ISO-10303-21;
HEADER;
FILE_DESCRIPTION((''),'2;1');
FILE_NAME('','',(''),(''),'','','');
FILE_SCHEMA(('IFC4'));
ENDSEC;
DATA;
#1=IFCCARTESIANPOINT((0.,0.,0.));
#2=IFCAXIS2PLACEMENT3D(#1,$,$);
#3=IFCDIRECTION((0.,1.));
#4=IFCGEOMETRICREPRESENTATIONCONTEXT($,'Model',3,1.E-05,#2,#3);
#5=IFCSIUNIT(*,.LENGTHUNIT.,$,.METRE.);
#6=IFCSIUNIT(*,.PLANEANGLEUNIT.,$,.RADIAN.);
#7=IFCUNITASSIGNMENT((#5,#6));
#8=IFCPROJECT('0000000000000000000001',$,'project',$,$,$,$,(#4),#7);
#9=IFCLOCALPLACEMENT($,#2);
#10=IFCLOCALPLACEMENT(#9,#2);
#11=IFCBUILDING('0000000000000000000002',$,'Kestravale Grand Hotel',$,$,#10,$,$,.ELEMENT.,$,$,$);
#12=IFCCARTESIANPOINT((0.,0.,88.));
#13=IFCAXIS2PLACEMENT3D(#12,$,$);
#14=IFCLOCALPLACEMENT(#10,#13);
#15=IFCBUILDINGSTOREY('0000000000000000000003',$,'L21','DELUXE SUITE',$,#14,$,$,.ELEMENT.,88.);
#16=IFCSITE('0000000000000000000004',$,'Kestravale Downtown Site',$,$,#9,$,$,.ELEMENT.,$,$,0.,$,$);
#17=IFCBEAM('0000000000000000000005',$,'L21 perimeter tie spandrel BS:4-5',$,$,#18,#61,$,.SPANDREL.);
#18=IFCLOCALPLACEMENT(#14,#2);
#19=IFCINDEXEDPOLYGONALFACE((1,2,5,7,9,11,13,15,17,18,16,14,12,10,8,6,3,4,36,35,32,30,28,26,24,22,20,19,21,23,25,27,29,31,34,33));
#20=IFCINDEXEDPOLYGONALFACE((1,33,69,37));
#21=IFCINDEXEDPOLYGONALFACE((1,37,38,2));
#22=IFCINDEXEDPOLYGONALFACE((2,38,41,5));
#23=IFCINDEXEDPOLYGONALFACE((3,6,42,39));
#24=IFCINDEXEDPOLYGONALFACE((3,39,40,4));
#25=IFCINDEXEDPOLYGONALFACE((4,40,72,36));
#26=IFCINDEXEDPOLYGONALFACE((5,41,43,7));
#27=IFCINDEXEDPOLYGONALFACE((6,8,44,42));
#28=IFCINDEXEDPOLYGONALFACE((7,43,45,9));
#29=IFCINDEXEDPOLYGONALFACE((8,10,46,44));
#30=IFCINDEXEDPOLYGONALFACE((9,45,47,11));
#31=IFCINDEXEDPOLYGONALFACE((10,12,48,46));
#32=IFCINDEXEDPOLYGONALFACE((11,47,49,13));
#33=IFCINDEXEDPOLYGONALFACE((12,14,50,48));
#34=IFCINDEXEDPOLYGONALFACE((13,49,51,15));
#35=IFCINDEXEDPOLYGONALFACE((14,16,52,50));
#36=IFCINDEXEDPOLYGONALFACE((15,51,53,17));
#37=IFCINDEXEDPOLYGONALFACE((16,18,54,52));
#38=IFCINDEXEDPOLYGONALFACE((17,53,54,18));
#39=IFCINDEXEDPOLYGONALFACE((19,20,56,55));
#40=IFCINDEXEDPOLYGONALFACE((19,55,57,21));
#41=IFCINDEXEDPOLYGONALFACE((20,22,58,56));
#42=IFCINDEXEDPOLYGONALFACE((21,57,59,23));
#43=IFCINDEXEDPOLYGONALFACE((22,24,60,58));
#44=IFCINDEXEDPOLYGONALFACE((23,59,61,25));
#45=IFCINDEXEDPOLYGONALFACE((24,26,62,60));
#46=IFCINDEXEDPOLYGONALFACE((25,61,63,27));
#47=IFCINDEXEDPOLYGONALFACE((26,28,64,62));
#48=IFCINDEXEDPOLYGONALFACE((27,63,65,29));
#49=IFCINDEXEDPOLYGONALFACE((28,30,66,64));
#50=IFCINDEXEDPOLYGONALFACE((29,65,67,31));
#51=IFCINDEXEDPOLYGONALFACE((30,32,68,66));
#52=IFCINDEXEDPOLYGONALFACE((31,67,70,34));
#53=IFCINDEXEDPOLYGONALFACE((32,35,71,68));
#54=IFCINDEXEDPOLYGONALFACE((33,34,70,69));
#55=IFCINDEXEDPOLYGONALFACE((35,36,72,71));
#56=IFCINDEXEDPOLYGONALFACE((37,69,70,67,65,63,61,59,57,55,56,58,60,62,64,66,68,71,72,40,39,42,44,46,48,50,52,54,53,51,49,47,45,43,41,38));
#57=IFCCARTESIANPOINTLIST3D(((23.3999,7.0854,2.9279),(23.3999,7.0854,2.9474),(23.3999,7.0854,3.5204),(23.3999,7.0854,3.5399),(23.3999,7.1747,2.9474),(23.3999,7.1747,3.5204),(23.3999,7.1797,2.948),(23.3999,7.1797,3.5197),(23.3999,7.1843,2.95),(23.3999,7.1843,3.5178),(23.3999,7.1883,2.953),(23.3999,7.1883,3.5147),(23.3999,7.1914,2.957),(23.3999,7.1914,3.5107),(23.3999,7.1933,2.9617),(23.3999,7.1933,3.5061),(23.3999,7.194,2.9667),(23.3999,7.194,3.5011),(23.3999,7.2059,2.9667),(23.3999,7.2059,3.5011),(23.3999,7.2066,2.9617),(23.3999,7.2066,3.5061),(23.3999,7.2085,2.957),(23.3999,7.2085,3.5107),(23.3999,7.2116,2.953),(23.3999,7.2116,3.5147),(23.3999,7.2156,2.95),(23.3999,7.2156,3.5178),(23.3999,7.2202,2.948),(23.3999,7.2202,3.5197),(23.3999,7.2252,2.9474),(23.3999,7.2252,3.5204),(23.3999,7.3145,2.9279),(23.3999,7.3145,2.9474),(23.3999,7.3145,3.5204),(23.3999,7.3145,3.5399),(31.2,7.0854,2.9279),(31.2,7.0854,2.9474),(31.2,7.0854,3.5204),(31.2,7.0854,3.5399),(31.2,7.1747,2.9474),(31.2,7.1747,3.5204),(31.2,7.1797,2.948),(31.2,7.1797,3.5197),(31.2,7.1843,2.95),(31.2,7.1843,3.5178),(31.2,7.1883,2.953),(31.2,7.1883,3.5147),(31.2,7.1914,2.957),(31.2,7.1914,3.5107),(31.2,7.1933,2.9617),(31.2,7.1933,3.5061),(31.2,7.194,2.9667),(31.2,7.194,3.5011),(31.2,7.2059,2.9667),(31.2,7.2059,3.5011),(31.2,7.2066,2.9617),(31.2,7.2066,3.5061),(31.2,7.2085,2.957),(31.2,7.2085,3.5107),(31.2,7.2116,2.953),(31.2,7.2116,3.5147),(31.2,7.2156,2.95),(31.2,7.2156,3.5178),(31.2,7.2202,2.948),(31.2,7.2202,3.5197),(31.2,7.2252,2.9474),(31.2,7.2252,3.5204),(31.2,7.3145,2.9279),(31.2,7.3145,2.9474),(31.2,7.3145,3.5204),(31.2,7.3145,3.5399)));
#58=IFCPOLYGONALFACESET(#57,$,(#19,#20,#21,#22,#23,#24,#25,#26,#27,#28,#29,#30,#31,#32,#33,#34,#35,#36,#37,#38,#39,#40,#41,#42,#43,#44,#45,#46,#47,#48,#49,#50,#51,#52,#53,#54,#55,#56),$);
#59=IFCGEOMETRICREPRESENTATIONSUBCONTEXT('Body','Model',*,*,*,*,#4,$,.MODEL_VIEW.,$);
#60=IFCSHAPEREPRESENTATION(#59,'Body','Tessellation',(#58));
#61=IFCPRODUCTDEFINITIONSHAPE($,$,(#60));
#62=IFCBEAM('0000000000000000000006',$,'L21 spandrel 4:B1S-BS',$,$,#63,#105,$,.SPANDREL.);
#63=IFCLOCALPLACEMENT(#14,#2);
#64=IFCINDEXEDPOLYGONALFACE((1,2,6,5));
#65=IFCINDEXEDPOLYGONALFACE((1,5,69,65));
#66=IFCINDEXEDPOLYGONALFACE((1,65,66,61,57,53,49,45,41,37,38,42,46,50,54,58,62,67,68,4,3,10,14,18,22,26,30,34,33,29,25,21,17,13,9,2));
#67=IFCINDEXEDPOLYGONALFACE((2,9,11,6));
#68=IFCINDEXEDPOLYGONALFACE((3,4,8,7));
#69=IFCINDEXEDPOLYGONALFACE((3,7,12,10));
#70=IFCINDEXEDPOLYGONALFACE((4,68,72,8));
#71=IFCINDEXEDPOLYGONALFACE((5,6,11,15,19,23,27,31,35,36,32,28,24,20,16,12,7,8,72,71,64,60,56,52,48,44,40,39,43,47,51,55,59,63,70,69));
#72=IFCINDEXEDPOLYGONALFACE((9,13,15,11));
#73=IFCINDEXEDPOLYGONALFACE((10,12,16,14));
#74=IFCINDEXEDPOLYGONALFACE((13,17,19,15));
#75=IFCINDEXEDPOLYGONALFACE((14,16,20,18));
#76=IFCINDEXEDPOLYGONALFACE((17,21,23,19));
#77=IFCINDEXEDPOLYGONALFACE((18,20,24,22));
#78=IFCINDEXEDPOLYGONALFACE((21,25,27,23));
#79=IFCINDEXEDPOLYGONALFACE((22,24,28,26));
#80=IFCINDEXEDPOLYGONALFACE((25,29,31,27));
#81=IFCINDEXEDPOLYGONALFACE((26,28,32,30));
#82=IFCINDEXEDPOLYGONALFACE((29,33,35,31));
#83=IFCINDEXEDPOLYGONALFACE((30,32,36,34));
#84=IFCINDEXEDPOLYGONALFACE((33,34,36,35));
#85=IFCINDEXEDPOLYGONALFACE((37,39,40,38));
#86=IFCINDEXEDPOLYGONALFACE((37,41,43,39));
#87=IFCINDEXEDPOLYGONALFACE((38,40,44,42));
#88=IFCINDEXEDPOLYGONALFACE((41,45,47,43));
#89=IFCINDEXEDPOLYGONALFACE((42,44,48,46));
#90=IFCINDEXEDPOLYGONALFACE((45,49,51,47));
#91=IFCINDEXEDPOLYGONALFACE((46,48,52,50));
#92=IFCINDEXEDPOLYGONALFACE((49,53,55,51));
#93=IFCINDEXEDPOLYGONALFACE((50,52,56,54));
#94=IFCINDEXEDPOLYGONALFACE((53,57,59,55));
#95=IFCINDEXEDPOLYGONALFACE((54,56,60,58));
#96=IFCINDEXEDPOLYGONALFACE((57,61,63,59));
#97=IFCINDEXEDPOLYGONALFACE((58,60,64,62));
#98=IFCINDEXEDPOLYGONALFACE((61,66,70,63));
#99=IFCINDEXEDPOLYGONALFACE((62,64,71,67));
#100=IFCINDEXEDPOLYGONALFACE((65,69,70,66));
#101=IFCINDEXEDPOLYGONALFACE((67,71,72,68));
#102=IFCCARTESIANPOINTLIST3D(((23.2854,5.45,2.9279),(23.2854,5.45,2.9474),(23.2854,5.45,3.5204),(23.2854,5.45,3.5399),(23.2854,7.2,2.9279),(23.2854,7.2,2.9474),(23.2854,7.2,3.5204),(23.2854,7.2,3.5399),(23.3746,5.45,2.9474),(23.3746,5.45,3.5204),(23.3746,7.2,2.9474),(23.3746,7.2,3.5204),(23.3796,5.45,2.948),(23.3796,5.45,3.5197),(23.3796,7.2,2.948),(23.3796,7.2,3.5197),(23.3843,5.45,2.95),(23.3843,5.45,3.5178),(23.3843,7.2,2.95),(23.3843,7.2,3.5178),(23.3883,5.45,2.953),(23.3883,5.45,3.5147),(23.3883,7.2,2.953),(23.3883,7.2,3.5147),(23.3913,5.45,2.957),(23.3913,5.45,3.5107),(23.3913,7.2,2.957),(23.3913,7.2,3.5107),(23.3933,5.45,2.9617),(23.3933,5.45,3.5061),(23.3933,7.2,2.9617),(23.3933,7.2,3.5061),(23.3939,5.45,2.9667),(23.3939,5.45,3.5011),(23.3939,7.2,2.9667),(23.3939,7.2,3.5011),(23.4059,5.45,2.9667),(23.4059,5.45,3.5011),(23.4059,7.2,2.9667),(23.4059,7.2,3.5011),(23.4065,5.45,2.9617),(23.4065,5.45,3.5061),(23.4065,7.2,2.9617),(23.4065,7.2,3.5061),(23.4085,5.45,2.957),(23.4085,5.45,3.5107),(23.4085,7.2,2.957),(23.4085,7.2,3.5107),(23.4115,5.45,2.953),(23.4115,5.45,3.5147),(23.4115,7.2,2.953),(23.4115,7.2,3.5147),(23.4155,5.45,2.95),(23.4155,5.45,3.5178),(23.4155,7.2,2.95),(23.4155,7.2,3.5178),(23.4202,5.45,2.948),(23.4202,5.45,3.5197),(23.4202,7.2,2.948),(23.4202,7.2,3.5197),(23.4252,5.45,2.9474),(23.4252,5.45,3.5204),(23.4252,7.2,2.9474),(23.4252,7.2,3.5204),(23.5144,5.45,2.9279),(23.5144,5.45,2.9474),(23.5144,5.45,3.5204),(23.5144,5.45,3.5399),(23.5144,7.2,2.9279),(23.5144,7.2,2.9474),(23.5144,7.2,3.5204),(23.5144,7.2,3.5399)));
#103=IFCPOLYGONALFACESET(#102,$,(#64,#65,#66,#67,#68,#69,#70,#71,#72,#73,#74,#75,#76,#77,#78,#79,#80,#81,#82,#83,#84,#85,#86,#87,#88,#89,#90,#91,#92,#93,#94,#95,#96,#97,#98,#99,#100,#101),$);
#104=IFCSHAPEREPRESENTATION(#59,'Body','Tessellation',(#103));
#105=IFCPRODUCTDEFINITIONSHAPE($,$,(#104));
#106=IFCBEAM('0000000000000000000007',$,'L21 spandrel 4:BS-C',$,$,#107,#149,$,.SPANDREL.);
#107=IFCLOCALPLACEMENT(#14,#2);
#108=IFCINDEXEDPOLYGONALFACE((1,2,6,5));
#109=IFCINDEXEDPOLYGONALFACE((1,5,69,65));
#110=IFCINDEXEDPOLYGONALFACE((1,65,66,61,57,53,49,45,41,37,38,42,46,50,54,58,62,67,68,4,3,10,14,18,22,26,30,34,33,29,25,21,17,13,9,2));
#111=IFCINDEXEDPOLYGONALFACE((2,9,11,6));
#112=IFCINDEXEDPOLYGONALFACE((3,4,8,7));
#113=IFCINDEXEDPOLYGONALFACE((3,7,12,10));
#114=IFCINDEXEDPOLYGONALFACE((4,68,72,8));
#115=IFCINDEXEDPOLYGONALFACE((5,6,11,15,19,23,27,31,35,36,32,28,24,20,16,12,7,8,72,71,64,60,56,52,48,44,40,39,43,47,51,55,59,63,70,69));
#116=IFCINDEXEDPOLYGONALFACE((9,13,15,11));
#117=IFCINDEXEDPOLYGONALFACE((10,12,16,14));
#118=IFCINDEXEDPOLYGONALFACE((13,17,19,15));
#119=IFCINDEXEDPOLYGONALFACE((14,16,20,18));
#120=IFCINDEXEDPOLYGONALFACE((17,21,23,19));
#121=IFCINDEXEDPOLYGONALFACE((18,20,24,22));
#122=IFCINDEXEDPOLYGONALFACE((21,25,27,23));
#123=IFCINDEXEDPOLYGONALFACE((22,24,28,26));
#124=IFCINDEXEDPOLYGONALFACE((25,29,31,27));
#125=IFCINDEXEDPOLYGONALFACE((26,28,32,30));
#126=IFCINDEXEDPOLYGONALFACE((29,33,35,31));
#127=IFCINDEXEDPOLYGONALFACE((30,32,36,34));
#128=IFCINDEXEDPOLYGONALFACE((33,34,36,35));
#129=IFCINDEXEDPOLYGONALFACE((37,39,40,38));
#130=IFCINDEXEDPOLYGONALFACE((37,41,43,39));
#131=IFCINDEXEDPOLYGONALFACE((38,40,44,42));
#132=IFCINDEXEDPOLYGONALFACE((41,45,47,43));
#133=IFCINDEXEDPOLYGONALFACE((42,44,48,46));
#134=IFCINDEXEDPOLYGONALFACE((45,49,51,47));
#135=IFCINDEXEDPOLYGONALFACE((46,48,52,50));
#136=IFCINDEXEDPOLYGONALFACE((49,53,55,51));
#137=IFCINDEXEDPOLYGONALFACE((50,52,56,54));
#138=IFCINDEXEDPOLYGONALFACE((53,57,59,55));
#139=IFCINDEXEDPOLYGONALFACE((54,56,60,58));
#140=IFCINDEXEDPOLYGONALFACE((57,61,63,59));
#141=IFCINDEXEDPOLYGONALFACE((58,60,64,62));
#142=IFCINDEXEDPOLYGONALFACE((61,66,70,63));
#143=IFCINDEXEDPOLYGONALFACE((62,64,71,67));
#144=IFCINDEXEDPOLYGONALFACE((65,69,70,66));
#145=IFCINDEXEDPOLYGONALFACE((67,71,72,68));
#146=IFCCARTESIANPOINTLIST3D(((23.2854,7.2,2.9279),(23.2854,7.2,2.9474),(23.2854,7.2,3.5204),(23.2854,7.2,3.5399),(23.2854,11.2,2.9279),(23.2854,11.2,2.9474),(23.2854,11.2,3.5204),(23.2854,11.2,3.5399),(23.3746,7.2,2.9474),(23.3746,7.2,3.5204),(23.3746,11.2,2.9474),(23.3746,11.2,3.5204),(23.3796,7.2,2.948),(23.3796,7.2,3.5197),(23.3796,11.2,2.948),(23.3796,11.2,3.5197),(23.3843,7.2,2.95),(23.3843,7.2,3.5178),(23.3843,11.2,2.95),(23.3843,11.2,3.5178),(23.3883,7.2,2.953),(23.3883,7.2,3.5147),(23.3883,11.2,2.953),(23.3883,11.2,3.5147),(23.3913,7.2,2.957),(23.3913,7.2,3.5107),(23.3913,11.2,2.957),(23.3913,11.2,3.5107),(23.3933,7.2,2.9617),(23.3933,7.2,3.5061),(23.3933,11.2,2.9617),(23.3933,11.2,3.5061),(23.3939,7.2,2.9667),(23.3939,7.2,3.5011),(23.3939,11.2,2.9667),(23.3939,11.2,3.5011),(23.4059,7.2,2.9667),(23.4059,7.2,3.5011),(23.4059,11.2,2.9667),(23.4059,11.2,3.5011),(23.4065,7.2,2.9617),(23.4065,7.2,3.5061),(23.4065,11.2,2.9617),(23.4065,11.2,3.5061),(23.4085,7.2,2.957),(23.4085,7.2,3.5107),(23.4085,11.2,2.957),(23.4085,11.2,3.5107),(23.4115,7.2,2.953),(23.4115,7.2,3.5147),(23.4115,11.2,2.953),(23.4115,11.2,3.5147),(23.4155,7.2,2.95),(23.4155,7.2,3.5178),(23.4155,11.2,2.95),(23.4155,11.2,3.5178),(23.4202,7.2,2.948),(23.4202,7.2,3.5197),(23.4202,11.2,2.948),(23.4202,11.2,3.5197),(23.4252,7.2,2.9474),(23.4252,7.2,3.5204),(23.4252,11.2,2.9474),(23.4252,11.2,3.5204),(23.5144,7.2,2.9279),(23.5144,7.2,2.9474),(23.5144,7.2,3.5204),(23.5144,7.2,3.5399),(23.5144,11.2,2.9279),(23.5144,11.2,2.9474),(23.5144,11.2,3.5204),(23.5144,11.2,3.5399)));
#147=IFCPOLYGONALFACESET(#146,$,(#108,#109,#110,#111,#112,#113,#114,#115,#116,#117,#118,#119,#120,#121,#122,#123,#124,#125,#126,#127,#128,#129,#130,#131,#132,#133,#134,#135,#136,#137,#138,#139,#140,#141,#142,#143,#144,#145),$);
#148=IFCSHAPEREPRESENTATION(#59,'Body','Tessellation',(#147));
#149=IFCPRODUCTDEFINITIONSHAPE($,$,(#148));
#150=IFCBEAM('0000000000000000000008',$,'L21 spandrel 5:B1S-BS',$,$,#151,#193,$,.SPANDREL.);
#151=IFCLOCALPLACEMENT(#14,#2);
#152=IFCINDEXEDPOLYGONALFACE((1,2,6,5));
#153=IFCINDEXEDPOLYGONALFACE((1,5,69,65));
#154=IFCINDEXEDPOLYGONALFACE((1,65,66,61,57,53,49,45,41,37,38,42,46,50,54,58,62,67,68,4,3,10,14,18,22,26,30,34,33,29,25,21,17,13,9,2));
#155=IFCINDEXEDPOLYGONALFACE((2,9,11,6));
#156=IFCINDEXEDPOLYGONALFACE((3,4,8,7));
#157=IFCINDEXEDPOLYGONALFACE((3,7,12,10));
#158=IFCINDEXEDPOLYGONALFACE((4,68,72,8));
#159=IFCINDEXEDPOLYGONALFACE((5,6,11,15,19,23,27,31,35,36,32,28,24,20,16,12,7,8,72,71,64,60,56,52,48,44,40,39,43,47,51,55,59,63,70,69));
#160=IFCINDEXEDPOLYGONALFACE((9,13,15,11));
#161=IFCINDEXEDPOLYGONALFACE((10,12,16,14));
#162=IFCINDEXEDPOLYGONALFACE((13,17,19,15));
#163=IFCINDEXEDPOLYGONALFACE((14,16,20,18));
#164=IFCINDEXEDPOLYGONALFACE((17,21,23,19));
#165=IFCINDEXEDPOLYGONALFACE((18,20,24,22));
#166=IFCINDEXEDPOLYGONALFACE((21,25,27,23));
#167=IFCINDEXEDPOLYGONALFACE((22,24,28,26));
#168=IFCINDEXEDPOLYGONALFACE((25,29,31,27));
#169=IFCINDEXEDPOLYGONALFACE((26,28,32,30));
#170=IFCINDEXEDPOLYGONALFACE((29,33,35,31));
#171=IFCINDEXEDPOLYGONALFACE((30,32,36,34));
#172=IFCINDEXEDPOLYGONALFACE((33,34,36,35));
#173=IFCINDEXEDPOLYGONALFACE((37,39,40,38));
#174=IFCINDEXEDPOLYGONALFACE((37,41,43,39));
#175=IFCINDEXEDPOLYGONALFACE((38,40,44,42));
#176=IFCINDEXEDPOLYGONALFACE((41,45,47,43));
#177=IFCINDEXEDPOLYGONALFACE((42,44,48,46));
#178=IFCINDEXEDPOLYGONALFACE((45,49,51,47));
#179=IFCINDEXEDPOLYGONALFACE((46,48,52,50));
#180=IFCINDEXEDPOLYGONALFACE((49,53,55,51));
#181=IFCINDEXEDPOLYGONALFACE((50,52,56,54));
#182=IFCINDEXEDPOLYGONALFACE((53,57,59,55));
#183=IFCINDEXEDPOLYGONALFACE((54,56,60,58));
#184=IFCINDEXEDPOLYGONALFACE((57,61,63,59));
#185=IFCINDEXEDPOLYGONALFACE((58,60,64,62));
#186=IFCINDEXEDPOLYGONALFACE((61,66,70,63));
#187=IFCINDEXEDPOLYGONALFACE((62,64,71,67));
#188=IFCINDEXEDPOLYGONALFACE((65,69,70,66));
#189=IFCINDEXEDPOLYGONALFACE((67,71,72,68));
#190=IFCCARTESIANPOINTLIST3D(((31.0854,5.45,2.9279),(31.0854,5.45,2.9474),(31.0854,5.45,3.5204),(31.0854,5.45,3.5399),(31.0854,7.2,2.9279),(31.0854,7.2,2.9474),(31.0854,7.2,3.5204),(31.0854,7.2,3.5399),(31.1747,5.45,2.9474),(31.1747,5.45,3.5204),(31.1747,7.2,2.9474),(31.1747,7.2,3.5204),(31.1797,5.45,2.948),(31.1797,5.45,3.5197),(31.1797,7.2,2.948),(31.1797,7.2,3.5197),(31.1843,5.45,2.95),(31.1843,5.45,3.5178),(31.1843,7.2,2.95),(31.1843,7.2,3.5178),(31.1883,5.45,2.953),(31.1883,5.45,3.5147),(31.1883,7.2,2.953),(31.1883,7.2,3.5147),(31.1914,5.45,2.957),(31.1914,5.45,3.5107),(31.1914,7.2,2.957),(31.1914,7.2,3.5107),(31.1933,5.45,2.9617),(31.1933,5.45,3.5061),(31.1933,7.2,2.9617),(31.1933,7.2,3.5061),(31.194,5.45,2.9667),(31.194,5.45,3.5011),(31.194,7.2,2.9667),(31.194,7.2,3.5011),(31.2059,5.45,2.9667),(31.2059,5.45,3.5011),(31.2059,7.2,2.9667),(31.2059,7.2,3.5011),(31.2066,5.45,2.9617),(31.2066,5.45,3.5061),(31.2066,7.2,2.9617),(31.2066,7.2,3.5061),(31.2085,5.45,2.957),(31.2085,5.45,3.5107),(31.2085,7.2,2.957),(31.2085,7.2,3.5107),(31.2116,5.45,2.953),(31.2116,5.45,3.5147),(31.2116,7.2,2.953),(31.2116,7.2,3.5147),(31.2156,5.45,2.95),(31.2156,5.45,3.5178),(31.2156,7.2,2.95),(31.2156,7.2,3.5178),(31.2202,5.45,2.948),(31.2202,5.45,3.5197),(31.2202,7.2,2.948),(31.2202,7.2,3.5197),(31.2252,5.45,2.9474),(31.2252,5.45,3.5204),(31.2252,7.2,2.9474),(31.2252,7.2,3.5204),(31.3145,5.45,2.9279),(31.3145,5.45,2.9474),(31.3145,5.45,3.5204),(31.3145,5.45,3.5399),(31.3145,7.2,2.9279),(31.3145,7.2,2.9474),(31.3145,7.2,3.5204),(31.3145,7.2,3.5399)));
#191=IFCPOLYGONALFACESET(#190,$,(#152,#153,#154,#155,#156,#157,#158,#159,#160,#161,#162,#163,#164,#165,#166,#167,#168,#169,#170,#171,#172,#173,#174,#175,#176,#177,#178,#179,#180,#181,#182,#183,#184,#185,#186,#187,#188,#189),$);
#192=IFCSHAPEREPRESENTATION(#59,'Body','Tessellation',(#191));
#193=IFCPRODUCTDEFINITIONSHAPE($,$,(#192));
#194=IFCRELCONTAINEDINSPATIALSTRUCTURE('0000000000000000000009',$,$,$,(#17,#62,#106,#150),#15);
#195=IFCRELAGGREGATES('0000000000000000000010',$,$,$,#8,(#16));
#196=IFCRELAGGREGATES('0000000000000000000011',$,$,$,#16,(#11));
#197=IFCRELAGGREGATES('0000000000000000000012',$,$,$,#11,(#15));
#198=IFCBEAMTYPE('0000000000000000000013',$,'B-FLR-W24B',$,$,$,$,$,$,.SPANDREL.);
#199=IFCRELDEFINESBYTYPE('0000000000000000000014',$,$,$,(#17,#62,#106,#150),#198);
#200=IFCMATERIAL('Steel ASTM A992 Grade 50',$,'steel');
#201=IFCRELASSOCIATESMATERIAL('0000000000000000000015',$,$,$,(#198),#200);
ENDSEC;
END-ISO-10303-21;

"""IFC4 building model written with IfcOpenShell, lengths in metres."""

from ifc_helpers import new_model, si_unit, direction, frame, origin, origin_2d, place, context, subcontext, project, spatial, i_section, extrude, material, material_profile, profile_set, type_object, element, save


model = new_model("IFC4")

# Units and contexts
model_context = context("Model", 3, precision=1e-05, world=origin(), true_north=direction((0.0, 1.0)))
body_context = subcontext(model_context, "Body", "Model", "MODEL_VIEW")
ifc_project = project(units=[si_unit("LENGTHUNIT", "METRE"), si_unit("PLANEANGLEUNIT", "RADIAN")], contexts=[model_context])

# Site, building, storey
site_placement = place(None, origin())
site = spatial("IfcSite", under=ifc_project, at=site_placement, Name="Kestravale Downtown Site", CompositionType="ELEMENT", RefElevation=0.0)
building_placement = place(site_placement, origin())
building = spatial("IfcBuilding", under=site, at=building_placement, Name="Kestravale Grand Hotel", CompositionType="ELEMENT")
storey_placement = place(building_placement, frame((0.0, 0.0, 88.0)))
storey = spatial("IfcBuildingStorey", under=building, at=storey_placement, Name="L21", Description="DELUXE SUITE", CompositionType="ELEMENT", Elevation=88.0)

# Beams
ifc_material_1 = material(Name="Steel ASTM A992 Grade 50", Category="steel")
ifc_material_profile_1 = material_profile(ifc_material_1, i_section(OverallWidth=0.229, OverallDepth=0.6121, WebThickness=0.012, FlangeThickness=0.0195, FilletRadius=0.0193, at=origin_2d()))
ifc_profile_set_1 = profile_set([ifc_material_profile_1], Name="Steel ASTM A992 Grade 50")
beam_type_1 = type_object("IfcBeamType", Name="B-FLR-W24B", PredefinedType="SPANDREL", material=ifc_profile_set_1)
for number, where, z_axis, x_axis, name in (
    (1, (23.3999, 7.2, 3.2339), (1.0, 0.0, 0.0), (0.0, 1.0, 0.0), "L21 perimeter tie spandrel BS:4-5"),
):
    element("IfcBeam", number, at=place(storey_placement, frame(where, z_axis=z_axis, x_axis=x_axis)), inside=storey, type_object=beam_type_1, Name=name, PredefinedType="SPANDREL", context=body_context, shape_type="SweptSolid", body=[
        extrude(i_section(OverallWidth=0.229, OverallDepth=0.6121, WebThickness=0.012, FlangeThickness=0.0195, FilletRadius=0.0193, at=origin_2d()), origin(), (0.0, 0.0, 1.0), 7.8),
    ])
beam_1_placement = place(storey_placement, frame((23.3999, 5.45, 3.2339), z_axis=(0.0, 1.0, 0.0), x_axis=(-1.0, 0.0, 0.0)))
element("IfcBeam", 2, at=beam_1_placement, inside=storey, type_object=beam_type_1, Name="L21 spandrel 4:B1S-BS", PredefinedType="SPANDREL", context=body_context, shape_type="SweptSolid", body=[
    extrude(i_section(OverallWidth=0.229, OverallDepth=0.6121, WebThickness=0.012, FlangeThickness=0.0195, FilletRadius=0.0193, at=origin_2d()), origin(), (0.0, 0.0, 1.0), 1.75),
])
beam_2_placement = place(storey_placement, frame((23.3999, 7.2, 3.2339), z_axis=(0.0, 1.0, 0.0), x_axis=(-1.0, 0.0, 0.0)))
element("IfcBeam", 3, at=beam_2_placement, inside=storey, type_object=beam_type_1, Name="L21 spandrel 4:BS-C", PredefinedType="SPANDREL", context=body_context, shape_type="SweptSolid", body=[
    extrude(i_section(OverallWidth=0.229, OverallDepth=0.6121, WebThickness=0.012, FlangeThickness=0.0195, FilletRadius=0.0193, at=origin_2d()), origin(), (0.0, 0.0, 1.0), 4.0),
])
beam_3_placement = place(storey_placement, frame((31.2, 5.45, 3.2339), z_axis=(0.0, 1.0, 0.0), x_axis=(-1.0, 0.0, 0.0)))
element("IfcBeam", 4, at=beam_3_placement, inside=storey, type_object=beam_type_1, Name="L21 spandrel 5:B1S-BS", PredefinedType="SPANDREL", context=body_context, shape_type="SweptSolid", body=[
    extrude(i_section(OverallWidth=0.229, OverallDepth=0.6121, WebThickness=0.012, FlangeThickness=0.0195, FilletRadius=0.0193, at=origin_2d()), origin(), (0.0, 0.0, 1.0), 1.75),
])

save(model, "model.ifc")
